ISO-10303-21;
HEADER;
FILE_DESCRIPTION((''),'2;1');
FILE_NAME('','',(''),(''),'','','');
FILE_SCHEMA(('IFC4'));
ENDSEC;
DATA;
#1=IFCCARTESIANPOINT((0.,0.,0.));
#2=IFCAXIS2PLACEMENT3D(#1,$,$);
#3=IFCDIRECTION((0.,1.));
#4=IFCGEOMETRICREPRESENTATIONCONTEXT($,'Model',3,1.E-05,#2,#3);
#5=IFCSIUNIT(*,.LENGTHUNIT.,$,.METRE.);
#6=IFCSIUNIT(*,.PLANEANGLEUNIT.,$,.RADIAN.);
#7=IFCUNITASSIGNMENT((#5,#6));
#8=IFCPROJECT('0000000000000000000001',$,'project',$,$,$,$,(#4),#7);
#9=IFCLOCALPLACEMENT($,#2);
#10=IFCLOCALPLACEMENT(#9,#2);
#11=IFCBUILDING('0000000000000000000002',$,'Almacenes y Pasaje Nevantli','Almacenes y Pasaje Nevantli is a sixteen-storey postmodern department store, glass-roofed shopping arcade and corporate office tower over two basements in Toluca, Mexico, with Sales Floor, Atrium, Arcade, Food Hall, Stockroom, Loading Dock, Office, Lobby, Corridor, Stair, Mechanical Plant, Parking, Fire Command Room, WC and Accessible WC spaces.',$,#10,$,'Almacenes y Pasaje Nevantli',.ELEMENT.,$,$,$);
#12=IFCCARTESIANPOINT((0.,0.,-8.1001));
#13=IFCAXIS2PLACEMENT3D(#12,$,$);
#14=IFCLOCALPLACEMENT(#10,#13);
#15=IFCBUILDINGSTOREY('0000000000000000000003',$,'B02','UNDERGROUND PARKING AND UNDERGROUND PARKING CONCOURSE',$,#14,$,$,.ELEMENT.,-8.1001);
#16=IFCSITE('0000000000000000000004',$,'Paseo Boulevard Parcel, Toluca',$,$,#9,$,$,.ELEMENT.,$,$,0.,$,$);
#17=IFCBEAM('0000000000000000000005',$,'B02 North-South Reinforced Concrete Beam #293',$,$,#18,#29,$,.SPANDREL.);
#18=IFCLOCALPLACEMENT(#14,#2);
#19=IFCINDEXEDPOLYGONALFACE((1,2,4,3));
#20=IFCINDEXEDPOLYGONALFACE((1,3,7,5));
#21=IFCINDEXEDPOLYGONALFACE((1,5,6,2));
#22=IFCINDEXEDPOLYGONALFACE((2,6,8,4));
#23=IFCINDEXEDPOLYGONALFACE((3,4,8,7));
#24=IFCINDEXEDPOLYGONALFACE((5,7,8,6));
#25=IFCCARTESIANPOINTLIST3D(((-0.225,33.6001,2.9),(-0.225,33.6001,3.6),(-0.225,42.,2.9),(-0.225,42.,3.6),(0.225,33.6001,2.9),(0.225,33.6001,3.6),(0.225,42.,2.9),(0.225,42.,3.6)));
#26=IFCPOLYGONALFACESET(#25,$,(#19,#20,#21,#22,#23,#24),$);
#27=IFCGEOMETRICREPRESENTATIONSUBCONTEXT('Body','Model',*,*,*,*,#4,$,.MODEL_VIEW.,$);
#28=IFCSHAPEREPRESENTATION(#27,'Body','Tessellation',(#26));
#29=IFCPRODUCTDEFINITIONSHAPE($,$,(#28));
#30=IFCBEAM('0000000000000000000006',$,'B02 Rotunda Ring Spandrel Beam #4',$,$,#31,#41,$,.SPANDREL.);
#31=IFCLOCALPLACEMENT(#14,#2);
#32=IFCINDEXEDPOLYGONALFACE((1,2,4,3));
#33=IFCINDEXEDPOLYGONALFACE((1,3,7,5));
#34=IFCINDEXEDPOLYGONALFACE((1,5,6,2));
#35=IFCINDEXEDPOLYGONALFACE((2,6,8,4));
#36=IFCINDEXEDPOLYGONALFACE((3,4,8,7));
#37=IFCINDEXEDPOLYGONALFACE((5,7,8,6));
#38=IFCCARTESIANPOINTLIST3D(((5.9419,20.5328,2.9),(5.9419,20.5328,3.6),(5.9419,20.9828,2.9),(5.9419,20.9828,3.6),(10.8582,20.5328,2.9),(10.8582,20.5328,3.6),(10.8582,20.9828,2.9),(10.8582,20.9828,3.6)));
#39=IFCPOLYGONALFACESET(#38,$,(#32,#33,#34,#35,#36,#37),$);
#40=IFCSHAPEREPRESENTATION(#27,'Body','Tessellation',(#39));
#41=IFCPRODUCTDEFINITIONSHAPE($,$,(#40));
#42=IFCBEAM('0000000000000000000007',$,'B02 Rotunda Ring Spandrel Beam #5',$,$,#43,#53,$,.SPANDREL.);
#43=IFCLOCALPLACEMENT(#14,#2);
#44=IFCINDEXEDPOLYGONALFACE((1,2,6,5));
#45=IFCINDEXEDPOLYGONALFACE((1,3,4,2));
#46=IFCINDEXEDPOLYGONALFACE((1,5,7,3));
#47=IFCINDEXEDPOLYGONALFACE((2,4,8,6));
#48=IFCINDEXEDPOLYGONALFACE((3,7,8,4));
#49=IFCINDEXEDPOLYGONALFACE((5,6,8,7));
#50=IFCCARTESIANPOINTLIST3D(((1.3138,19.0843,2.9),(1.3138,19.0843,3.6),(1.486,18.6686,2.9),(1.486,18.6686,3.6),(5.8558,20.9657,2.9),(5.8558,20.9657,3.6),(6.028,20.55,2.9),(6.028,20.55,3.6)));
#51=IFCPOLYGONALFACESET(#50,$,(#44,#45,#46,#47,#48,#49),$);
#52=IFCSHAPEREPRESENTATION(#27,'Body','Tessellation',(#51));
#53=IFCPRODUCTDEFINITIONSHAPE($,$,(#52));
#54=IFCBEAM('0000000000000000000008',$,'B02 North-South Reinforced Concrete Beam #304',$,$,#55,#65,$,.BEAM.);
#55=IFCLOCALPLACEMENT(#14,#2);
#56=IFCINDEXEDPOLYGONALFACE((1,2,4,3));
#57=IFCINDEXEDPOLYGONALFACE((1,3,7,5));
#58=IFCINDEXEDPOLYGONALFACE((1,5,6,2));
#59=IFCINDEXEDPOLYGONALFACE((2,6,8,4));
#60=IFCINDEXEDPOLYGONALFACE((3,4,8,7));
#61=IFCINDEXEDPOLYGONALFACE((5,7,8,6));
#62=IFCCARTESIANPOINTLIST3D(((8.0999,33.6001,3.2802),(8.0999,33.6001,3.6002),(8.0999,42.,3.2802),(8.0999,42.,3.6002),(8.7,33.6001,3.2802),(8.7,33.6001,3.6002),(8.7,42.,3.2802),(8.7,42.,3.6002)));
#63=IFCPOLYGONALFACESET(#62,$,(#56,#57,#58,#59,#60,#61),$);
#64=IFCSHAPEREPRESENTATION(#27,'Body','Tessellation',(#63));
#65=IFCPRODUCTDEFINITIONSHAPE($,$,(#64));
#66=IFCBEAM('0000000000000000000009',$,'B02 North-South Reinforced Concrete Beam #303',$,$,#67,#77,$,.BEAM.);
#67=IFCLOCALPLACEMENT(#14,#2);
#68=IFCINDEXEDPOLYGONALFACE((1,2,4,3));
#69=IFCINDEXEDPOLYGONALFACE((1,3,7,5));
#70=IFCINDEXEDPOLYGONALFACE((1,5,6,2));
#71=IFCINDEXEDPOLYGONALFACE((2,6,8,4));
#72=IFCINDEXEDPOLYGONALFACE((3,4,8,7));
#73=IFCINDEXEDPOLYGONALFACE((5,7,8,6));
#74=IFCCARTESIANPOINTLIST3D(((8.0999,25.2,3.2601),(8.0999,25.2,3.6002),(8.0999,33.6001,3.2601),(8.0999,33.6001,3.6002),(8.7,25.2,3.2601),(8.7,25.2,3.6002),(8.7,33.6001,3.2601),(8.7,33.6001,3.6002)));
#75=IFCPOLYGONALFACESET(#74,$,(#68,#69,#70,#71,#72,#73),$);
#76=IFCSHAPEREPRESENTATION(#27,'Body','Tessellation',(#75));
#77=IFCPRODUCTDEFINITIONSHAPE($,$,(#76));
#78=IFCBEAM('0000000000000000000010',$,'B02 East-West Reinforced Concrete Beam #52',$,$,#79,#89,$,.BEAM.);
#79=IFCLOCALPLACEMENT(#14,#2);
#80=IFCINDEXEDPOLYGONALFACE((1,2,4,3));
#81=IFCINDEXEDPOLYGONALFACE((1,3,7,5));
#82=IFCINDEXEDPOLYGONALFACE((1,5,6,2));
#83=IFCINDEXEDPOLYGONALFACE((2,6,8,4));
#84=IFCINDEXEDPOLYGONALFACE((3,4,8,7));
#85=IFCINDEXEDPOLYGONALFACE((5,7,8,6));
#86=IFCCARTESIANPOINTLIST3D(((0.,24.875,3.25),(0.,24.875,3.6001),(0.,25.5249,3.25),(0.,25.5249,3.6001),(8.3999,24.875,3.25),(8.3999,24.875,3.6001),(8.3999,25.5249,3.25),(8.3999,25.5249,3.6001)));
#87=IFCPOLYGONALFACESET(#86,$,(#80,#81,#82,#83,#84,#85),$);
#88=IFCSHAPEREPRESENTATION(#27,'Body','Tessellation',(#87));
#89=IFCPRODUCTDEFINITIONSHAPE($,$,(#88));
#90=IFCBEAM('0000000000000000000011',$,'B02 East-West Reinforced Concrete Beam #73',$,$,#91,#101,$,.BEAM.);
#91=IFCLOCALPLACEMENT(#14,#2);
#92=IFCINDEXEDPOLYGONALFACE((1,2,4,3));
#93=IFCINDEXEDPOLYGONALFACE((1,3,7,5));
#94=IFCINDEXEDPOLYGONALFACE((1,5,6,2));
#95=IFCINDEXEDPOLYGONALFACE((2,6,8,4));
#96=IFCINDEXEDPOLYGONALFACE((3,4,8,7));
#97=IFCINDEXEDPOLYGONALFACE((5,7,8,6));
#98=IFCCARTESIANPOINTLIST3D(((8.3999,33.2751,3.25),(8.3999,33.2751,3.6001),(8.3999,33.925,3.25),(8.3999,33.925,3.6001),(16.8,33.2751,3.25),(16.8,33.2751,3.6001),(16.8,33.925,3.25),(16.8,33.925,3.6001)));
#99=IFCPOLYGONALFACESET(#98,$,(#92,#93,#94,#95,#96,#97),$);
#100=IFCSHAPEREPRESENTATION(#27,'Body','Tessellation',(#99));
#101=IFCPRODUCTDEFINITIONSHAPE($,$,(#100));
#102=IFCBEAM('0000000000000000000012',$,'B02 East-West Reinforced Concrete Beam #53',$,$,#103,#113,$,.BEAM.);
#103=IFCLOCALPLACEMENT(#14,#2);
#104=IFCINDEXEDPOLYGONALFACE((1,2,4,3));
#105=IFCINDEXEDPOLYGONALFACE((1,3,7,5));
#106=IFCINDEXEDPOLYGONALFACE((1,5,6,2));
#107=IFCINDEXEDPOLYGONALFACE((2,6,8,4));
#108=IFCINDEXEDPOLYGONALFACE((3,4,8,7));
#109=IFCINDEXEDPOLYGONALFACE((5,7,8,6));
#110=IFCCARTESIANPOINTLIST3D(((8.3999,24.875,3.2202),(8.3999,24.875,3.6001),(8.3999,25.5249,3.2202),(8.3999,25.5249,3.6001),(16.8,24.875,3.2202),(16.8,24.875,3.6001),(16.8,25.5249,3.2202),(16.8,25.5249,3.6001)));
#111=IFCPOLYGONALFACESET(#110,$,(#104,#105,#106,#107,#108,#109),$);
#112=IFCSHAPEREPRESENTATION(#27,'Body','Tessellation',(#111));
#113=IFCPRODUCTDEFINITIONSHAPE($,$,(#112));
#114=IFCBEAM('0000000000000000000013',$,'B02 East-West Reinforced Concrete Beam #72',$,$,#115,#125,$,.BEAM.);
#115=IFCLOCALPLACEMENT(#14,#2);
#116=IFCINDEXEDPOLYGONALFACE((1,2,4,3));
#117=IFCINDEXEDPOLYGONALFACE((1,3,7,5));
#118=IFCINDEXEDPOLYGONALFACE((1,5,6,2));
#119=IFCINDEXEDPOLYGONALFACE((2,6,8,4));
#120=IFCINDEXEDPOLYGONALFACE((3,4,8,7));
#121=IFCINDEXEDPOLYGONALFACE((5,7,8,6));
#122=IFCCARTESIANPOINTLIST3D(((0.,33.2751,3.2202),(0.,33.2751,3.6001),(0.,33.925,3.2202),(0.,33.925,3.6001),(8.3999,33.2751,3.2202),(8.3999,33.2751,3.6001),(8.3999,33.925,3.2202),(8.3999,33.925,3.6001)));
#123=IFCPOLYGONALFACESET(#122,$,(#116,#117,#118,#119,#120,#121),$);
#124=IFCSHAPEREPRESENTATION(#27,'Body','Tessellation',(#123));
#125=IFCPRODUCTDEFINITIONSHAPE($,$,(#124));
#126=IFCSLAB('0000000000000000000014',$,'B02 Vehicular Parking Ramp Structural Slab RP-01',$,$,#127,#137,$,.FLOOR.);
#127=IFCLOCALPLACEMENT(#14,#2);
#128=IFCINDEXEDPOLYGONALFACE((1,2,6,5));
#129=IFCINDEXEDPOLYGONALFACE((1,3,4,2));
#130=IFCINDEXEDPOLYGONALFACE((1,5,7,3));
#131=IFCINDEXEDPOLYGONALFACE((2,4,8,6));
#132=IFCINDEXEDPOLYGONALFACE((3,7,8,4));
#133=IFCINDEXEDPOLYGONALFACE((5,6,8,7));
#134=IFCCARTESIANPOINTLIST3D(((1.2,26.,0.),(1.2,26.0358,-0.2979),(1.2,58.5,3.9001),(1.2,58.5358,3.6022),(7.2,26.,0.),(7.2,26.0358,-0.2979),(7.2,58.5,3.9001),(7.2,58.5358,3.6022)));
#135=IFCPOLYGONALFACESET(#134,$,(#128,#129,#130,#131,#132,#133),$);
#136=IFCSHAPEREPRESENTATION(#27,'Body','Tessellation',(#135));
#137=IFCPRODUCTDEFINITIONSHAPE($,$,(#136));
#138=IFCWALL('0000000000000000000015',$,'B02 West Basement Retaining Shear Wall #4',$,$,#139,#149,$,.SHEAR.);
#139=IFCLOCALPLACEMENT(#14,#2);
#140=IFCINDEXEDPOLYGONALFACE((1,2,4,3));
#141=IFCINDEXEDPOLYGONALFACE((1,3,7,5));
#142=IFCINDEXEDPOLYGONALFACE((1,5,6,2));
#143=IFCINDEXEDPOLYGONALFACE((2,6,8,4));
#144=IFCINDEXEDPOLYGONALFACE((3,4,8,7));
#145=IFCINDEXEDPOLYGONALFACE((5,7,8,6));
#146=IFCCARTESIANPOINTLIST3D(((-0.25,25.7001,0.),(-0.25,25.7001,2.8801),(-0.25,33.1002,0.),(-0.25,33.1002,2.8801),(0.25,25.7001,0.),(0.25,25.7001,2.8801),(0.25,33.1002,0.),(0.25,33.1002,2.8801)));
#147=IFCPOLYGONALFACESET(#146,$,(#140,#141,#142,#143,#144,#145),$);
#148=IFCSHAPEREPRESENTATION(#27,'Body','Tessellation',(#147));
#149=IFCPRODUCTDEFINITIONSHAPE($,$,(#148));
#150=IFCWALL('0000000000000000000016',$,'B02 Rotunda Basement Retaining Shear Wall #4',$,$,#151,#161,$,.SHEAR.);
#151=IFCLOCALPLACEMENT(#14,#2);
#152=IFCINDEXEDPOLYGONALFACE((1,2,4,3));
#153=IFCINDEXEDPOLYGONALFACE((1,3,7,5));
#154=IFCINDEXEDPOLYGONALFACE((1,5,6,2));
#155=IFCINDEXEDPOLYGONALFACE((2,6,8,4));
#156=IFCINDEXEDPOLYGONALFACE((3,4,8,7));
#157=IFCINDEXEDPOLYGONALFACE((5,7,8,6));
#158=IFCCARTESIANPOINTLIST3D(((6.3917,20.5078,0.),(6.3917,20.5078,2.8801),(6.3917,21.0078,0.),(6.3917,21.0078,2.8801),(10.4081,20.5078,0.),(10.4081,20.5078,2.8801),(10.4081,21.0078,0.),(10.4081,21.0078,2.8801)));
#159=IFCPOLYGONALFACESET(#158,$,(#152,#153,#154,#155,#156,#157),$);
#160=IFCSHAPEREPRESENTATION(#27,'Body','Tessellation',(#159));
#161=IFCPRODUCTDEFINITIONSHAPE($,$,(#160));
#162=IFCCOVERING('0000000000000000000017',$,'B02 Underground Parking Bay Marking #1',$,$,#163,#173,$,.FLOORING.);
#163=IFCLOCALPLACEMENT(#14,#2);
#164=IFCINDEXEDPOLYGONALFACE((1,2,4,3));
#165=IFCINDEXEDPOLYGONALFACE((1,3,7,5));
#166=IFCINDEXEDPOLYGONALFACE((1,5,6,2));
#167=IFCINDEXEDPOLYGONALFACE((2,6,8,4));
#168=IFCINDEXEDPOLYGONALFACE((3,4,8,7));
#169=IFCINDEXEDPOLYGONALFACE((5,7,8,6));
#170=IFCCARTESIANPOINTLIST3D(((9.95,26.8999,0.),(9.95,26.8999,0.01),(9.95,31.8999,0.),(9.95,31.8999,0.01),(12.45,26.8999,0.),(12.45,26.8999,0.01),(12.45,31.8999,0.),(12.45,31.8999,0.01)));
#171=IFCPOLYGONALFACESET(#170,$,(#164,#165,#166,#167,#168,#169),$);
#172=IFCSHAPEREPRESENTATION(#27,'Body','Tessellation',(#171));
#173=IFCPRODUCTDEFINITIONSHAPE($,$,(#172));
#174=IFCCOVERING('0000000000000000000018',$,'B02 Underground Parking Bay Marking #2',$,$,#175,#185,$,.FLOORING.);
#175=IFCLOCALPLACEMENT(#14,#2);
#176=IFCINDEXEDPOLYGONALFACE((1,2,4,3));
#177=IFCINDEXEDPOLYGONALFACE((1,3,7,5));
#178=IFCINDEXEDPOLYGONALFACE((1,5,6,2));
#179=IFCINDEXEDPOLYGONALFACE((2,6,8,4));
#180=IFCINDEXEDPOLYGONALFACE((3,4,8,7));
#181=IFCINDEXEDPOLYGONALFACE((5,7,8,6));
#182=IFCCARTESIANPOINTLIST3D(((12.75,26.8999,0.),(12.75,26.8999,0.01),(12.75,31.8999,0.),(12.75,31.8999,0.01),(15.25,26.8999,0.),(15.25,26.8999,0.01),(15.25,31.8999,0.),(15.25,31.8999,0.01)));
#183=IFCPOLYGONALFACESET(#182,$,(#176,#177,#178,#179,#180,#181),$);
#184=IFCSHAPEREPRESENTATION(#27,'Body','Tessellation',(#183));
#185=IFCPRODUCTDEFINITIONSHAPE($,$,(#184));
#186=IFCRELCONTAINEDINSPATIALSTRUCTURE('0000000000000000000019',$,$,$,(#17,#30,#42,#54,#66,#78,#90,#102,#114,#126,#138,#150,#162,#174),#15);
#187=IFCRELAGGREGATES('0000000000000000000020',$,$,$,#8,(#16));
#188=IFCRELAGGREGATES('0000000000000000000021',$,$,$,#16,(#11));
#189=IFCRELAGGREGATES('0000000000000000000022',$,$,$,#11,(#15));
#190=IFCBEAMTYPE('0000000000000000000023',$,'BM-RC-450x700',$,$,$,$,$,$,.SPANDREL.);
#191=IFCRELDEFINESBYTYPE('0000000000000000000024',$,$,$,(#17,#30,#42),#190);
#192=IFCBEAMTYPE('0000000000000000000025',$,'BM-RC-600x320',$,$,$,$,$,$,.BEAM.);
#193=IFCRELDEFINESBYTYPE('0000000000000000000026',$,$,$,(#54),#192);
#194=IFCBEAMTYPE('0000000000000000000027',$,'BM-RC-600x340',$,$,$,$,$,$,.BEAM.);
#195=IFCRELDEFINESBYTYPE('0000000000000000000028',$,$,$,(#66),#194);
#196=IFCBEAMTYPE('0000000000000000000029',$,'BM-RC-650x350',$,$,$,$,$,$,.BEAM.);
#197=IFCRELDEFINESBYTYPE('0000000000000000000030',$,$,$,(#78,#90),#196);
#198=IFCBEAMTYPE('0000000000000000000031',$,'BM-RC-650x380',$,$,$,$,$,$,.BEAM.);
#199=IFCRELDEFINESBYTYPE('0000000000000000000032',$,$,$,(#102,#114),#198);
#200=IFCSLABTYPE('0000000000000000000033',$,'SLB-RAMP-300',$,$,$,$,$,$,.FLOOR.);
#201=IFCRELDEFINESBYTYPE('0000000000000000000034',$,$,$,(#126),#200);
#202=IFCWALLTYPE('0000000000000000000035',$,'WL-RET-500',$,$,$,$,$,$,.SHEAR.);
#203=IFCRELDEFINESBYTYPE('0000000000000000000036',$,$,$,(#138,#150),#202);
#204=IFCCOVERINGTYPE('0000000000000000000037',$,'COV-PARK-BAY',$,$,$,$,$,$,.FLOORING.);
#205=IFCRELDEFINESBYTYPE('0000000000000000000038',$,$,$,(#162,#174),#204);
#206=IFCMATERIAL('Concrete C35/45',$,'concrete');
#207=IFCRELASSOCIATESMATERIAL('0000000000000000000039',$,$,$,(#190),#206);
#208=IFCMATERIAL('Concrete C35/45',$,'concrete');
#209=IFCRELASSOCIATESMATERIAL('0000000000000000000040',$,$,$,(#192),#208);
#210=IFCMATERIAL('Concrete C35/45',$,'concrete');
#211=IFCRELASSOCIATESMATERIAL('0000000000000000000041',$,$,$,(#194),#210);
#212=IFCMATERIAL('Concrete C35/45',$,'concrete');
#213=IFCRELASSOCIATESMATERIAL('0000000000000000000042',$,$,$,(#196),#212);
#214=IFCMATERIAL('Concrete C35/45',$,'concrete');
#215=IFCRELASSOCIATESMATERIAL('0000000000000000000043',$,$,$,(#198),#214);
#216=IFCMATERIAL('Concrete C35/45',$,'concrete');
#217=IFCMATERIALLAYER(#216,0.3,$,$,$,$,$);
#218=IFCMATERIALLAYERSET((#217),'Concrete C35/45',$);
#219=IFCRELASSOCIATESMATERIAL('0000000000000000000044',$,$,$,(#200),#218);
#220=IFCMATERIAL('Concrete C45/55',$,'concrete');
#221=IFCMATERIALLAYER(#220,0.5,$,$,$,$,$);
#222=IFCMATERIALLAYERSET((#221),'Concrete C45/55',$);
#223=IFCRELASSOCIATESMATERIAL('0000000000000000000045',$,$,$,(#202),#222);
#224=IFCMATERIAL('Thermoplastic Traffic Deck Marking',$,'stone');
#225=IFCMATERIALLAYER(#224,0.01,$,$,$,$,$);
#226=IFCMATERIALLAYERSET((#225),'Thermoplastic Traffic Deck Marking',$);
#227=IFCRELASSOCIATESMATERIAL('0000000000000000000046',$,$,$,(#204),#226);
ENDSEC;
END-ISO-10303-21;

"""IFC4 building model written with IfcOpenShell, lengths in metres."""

from ifc_helpers import new_model, si_unit, direction, frame, frame_2d, origin, origin_2d, place, context, subcontext, project, spatial, polyline, rectangle, outline, extrude, material, layer, layer_set, material_profile, profile_set, type_object, element, save


model = new_model("IFC4")

# Units and contexts
model_context = context("Model", 3, precision=1e-05, world=origin(), true_north=direction((0.0, 1.0)))
body_context = subcontext(model_context, "Body", "Model", "MODEL_VIEW")
ifc_project = project(units=[si_unit("LENGTHUNIT", "METRE"), si_unit("PLANEANGLEUNIT", "RADIAN")], contexts=[model_context])

# Site, building, storey
site_placement = place(None, origin())
site = spatial("IfcSite", under=ifc_project, at=site_placement, Name="Paseo Boulevard Parcel, Toluca", CompositionType="ELEMENT", RefElevation=0.0)
building_placement = place(site_placement, origin())
building = spatial("IfcBuilding", under=site, at=building_placement, Name="Almacenes y Pasaje Nevantli", Description="Almacenes y Pasaje Nevantli is a sixteen-storey postmodern department store, glass-roofed shopping arcade and corporate office tower over two basements in Toluca, Mexico, with Sales Floor, Atrium, Arcade, Food Hall, Stockroom, Loading Dock, Office, Lobby, Corridor, Stair, Mechanical Plant, Parking, Fire Command Room, WC and Accessible WC spaces.", LongName="Almacenes y Pasaje Nevantli", CompositionType="ELEMENT")
storey_placement = place(building_placement, frame((0.0, 0.0, -8.1001)))
storey = spatial("IfcBuildingStorey", under=building, at=storey_placement, Name="B02", Description="UNDERGROUND PARKING AND UNDERGROUND PARKING CONCOURSE", CompositionType="ELEMENT", Elevation=-8.1001)

# Beams
ifc_material_1 = material(Name="Concrete C35/45", Category="concrete")
ifc_material_profile_1 = material_profile(ifc_material_1, rectangle(XDim=0.45, YDim=0.7, at=origin_2d()), Name="RC-BM-450x700")
ifc_profile_set_1 = profile_set([ifc_material_profile_1], Name="Concrete C35/45")
beam_type_1 = type_object("IfcBeamType", Name="BM-RC-450x700", PredefinedType="SPANDREL", material=ifc_profile_set_1)
beam_1_placement = place(storey_placement, frame((0.0, 33.6001, 3.25), z_axis=(0.0, 1.0, 0.0), x_axis=(-1.0, 0.0, 0.0)))
element("IfcBeam", 1, at=beam_1_placement, inside=storey, type_object=beam_type_1, Name="B02 North-South Reinforced Concrete Beam #293", PredefinedType="SPANDREL", context=body_context, shape_type="SweptSolid", body=[
    extrude(rectangle(XDim=0.45, YDim=0.7, at=origin_2d()), origin(), (0.0, 0.0, 1.0), 8.3999),
])
for number, where, z_axis, x_axis, name in (
    (2, (10.8582, 20.7578, 3.25), (-1.0, 0.0, 0.0), (0.0, -1.0, 0.0), "B02 Rotunda Ring Spandrel Beam #4"),
    (3, (5.9419, 20.7578, 3.25), (-0.92388, -0.382682, 0.0), (0.382682, -0.92388, 0.0), "B02 Rotunda Ring Spandrel Beam #5"),
):
    element("IfcBeam", number, at=place(storey_placement, frame(where, z_axis=z_axis, x_axis=x_axis)), inside=storey, type_object=beam_type_1, Name=name, PredefinedType="SPANDREL", context=body_context, shape_type="SweptSolid", body=[
        extrude(rectangle(XDim=0.45, YDim=0.7, at=origin_2d()), origin(), (0.0, 0.0, 1.0), 4.9163),
    ])
ifc_material_2 = material(Name="Concrete C35/45", Category="concrete")
ifc_material_profile_2 = material_profile(ifc_material_2, rectangle(XDim=0.6001, YDim=0.3201, at=origin_2d()), Name="RC-BM-600x320")
ifc_profile_set_2 = profile_set([ifc_material_profile_2], Name="Concrete C35/45")
beam_type_2 = type_object("IfcBeamType", Name="BM-RC-600x320", PredefinedType="BEAM", material=ifc_profile_set_2)
beam_2_placement = place(storey_placement, frame((8.3999, 33.6001, 3.4402), z_axis=(0.0, 1.0, 0.0), x_axis=(-1.0, 0.0, 0.0)))
element("IfcBeam", 4, at=beam_2_placement, inside=storey, type_object=beam_type_2, Name="B02 North-South Reinforced Concrete Beam #304", PredefinedType="BEAM", context=body_context, shape_type="SweptSolid", body=[
    extrude(rectangle(XDim=0.6001, YDim=0.3201, at=origin_2d()), origin(), (0.0, 0.0, 1.0), 8.3999),
])
ifc_material_3 = material(Name="Concrete C35/45", Category="concrete")
ifc_material_profile_3 = material_profile(ifc_material_3, rectangle(XDim=0.6001, YDim=0.3401, at=origin_2d()), Name="RC-BM-600x340")
ifc_profile_set_3 = profile_set([ifc_material_profile_3], Name="Concrete C35/45")
beam_type_3 = type_object("IfcBeamType", Name="BM-RC-600x340", PredefinedType="BEAM", material=ifc_profile_set_3)
beam_3_placement = place(storey_placement, frame((8.3999, 25.2, 3.4302), z_axis=(0.0, 1.0, 0.0), x_axis=(-1.0, 0.0, 0.0)))
element("IfcBeam", 5, at=beam_3_placement, inside=storey, type_object=beam_type_3, Name="B02 North-South Reinforced Concrete Beam #303", PredefinedType="BEAM", context=body_context, shape_type="SweptSolid", body=[
    extrude(rectangle(XDim=0.6001, YDim=0.3401, at=origin_2d()), origin(), (0.0, 0.0, 1.0), 8.4001),
])
ifc_material_4 = material(Name="Concrete C35/45", Category="concrete")
ifc_material_profile_4 = material_profile(ifc_material_4, rectangle(XDim=0.6499, YDim=0.3501, at=origin_2d()), Name="RC-BM-650x350")
ifc_profile_set_4 = profile_set([ifc_material_profile_4], Name="Concrete C35/45")
beam_type_4 = type_object("IfcBeamType", Name="BM-RC-650x350", PredefinedType="BEAM", material=ifc_profile_set_4)
beam_4_placement = place(storey_placement, frame((0.0, 25.2, 3.425), z_axis=(1.0, 0.0, 0.0), x_axis=(0.0, 1.0, 0.0)))
element("IfcBeam", 6, at=beam_4_placement, inside=storey, type_object=beam_type_4, Name="B02 East-West Reinforced Concrete Beam #52", PredefinedType="BEAM", context=body_context, shape_type="SweptSolid", body=[
    extrude(rectangle(XDim=0.6499, YDim=0.3501, at=origin_2d()), origin(), (0.0, 0.0, 1.0), 8.3999),
])
beam_5_placement = place(storey_placement, frame((8.3999, 33.6001, 3.425), z_axis=(1.0, 0.0, 0.0), x_axis=(0.0, 1.0, 0.0)))
element("IfcBeam", 7, at=beam_5_placement, inside=storey, type_object=beam_type_4, Name="B02 East-West Reinforced Concrete Beam #73", PredefinedType="BEAM", context=body_context, shape_type="SweptSolid", body=[
    extrude(rectangle(XDim=0.6499, YDim=0.3501, at=origin_2d()), origin(), (0.0, 0.0, 1.0), 8.4001),
])
ifc_material_5 = material(Name="Concrete C35/45", Category="concrete")
ifc_material_profile_5 = material_profile(ifc_material_5, rectangle(XDim=0.6499, YDim=0.3799, at=origin_2d()), Name="RC-BM-650x380")
ifc_profile_set_5 = profile_set([ifc_material_profile_5], Name="Concrete C35/45")
beam_type_5 = type_object("IfcBeamType", Name="BM-RC-650x380", PredefinedType="BEAM", material=ifc_profile_set_5)
beam_6_placement = place(storey_placement, frame((8.3999, 25.2, 3.4102), z_axis=(1.0, 0.0, 0.0), x_axis=(0.0, 1.0, 0.0)))
element("IfcBeam", 8, at=beam_6_placement, inside=storey, type_object=beam_type_5, Name="B02 East-West Reinforced Concrete Beam #53", PredefinedType="BEAM", context=body_context, shape_type="SweptSolid", body=[
    extrude(rectangle(XDim=0.6499, YDim=0.3799, at=origin_2d()), origin(), (0.0, 0.0, 1.0), 8.4001),
])
beam_7_placement = place(storey_placement, frame((0.0, 33.6001, 3.4102), z_axis=(1.0, 0.0, 0.0), x_axis=(0.0, 1.0, 0.0)))
element("IfcBeam", 9, at=beam_7_placement, inside=storey, type_object=beam_type_5, Name="B02 East-West Reinforced Concrete Beam #72", PredefinedType="BEAM", context=body_context, shape_type="SweptSolid", body=[
    extrude(rectangle(XDim=0.6499, YDim=0.3799, at=origin_2d()), origin(), (0.0, 0.0, 1.0), 8.3999),
])

# Slab
ifc_material_6 = material(Name="Concrete C35/45", Category="concrete")
ifc_layer_1 = layer(ifc_material_6, 0.3)
ifc_layer_set_1 = layer_set([ifc_layer_1], Name="Concrete C35/45")
slab_type = type_object("IfcSlabType", Name="SLB-RAMP-300", PredefinedType="FLOOR", material=ifc_layer_set_1)
slab_placement = place(storey_placement, frame((1.2, 26.0, 0.0), z_axis=(0.0, -0.11915, 0.992876), x_axis=(1.0, 0.0, 0.0)))
element("IfcSlab", 10, at=slab_placement, inside=storey, type_object=slab_type, Name="B02 Vehicular Parking Ramp Structural Slab RP-01", PredefinedType="FLOOR", context=body_context, shape_type="SweptSolid", body=[
    extrude(outline(polyline([(0.0, 0.0), (6.0, 0.0), (6.0, 32.7332), (0.0, 32.7332), (0.0, 0.0)])), origin(), (0.0, 0.0, -1.0), 0.3),
])

# Walls
ifc_material_7 = material(Name="Concrete C45/55", Category="concrete")
ifc_layer_2 = layer(ifc_material_7, 0.5)
ifc_layer_set_2 = layer_set([ifc_layer_2], Name="Concrete C45/55")
wall_type = type_object("IfcWallType", Name="WL-RET-500", PredefinedType="SHEAR", material=ifc_layer_set_2)
wall_1_placement = place(storey_placement, frame((0.0, 25.7, 0.0), z_axis=(0.0, 0.0, 1.0), x_axis=(0.0, 1.0, 0.0)))
element("IfcWall", 11, at=wall_1_placement, inside=storey, type_object=wall_type, Name="B02 West Basement Retaining Shear Wall #4", PredefinedType="SHEAR", context=body_context, shape_type="SweptSolid", body=[
    extrude(rectangle(XDim=7.4001, YDim=0.5, at=frame_2d((3.7002, 0.0))), origin(), (0.0, 0.0, 1.0), 2.8801),
])
wall_2_placement = place(storey_placement, frame((10.4082, 20.7578, 0.0), z_axis=(0.0, 0.0, 1.0), x_axis=(-1.0, 0.0, 0.0)))
element("IfcWall", 12, at=wall_2_placement, inside=storey, type_object=wall_type, Name="B02 Rotunda Basement Retaining Shear Wall #4", PredefinedType="SHEAR", context=body_context, shape_type="SweptSolid", body=[
    extrude(rectangle(XDim=4.0164, YDim=0.5, at=frame_2d((2.0083, 0.0))), origin(), (0.0, 0.0, 1.0), 2.8801),
])

# Coverings
ifc_material_8 = material(Name="Thermoplastic Traffic Deck Marking", Category="stone")
ifc_layer_3 = layer(ifc_material_8, 0.01)
ifc_layer_set_3 = layer_set([ifc_layer_3], Name="Thermoplastic Traffic Deck Marking")
covering_type = type_object("IfcCoveringType", Name="COV-PARK-BAY", PredefinedType="FLOORING", material=ifc_layer_set_3)
for number, where, z_axis, x_axis, name in (
    (13, (11.2, 29.3999, 0.0), (0.0, 0.0, 1.0), (1.0, 0.0, 0.0), "B02 Underground Parking Bay Marking #1"),
    (14, (14.0, 29.3999, 0.0), (0.0, 0.0, 1.0), (1.0, 0.0, 0.0), "B02 Underground Parking Bay Marking #2"),
):
    element("IfcCovering", number, at=place(storey_placement, frame(where, z_axis=z_axis, x_axis=x_axis)), inside=storey, type_object=covering_type, Name=name, PredefinedType="FLOORING", context=body_context, shape_type="SweptSolid", body=[
        extrude(rectangle(XDim=2.5, YDim=5.0, at=origin_2d()), origin(), (0.0, 0.0, 1.0), 0.01),
    ])

save(model, "model.ifc")
